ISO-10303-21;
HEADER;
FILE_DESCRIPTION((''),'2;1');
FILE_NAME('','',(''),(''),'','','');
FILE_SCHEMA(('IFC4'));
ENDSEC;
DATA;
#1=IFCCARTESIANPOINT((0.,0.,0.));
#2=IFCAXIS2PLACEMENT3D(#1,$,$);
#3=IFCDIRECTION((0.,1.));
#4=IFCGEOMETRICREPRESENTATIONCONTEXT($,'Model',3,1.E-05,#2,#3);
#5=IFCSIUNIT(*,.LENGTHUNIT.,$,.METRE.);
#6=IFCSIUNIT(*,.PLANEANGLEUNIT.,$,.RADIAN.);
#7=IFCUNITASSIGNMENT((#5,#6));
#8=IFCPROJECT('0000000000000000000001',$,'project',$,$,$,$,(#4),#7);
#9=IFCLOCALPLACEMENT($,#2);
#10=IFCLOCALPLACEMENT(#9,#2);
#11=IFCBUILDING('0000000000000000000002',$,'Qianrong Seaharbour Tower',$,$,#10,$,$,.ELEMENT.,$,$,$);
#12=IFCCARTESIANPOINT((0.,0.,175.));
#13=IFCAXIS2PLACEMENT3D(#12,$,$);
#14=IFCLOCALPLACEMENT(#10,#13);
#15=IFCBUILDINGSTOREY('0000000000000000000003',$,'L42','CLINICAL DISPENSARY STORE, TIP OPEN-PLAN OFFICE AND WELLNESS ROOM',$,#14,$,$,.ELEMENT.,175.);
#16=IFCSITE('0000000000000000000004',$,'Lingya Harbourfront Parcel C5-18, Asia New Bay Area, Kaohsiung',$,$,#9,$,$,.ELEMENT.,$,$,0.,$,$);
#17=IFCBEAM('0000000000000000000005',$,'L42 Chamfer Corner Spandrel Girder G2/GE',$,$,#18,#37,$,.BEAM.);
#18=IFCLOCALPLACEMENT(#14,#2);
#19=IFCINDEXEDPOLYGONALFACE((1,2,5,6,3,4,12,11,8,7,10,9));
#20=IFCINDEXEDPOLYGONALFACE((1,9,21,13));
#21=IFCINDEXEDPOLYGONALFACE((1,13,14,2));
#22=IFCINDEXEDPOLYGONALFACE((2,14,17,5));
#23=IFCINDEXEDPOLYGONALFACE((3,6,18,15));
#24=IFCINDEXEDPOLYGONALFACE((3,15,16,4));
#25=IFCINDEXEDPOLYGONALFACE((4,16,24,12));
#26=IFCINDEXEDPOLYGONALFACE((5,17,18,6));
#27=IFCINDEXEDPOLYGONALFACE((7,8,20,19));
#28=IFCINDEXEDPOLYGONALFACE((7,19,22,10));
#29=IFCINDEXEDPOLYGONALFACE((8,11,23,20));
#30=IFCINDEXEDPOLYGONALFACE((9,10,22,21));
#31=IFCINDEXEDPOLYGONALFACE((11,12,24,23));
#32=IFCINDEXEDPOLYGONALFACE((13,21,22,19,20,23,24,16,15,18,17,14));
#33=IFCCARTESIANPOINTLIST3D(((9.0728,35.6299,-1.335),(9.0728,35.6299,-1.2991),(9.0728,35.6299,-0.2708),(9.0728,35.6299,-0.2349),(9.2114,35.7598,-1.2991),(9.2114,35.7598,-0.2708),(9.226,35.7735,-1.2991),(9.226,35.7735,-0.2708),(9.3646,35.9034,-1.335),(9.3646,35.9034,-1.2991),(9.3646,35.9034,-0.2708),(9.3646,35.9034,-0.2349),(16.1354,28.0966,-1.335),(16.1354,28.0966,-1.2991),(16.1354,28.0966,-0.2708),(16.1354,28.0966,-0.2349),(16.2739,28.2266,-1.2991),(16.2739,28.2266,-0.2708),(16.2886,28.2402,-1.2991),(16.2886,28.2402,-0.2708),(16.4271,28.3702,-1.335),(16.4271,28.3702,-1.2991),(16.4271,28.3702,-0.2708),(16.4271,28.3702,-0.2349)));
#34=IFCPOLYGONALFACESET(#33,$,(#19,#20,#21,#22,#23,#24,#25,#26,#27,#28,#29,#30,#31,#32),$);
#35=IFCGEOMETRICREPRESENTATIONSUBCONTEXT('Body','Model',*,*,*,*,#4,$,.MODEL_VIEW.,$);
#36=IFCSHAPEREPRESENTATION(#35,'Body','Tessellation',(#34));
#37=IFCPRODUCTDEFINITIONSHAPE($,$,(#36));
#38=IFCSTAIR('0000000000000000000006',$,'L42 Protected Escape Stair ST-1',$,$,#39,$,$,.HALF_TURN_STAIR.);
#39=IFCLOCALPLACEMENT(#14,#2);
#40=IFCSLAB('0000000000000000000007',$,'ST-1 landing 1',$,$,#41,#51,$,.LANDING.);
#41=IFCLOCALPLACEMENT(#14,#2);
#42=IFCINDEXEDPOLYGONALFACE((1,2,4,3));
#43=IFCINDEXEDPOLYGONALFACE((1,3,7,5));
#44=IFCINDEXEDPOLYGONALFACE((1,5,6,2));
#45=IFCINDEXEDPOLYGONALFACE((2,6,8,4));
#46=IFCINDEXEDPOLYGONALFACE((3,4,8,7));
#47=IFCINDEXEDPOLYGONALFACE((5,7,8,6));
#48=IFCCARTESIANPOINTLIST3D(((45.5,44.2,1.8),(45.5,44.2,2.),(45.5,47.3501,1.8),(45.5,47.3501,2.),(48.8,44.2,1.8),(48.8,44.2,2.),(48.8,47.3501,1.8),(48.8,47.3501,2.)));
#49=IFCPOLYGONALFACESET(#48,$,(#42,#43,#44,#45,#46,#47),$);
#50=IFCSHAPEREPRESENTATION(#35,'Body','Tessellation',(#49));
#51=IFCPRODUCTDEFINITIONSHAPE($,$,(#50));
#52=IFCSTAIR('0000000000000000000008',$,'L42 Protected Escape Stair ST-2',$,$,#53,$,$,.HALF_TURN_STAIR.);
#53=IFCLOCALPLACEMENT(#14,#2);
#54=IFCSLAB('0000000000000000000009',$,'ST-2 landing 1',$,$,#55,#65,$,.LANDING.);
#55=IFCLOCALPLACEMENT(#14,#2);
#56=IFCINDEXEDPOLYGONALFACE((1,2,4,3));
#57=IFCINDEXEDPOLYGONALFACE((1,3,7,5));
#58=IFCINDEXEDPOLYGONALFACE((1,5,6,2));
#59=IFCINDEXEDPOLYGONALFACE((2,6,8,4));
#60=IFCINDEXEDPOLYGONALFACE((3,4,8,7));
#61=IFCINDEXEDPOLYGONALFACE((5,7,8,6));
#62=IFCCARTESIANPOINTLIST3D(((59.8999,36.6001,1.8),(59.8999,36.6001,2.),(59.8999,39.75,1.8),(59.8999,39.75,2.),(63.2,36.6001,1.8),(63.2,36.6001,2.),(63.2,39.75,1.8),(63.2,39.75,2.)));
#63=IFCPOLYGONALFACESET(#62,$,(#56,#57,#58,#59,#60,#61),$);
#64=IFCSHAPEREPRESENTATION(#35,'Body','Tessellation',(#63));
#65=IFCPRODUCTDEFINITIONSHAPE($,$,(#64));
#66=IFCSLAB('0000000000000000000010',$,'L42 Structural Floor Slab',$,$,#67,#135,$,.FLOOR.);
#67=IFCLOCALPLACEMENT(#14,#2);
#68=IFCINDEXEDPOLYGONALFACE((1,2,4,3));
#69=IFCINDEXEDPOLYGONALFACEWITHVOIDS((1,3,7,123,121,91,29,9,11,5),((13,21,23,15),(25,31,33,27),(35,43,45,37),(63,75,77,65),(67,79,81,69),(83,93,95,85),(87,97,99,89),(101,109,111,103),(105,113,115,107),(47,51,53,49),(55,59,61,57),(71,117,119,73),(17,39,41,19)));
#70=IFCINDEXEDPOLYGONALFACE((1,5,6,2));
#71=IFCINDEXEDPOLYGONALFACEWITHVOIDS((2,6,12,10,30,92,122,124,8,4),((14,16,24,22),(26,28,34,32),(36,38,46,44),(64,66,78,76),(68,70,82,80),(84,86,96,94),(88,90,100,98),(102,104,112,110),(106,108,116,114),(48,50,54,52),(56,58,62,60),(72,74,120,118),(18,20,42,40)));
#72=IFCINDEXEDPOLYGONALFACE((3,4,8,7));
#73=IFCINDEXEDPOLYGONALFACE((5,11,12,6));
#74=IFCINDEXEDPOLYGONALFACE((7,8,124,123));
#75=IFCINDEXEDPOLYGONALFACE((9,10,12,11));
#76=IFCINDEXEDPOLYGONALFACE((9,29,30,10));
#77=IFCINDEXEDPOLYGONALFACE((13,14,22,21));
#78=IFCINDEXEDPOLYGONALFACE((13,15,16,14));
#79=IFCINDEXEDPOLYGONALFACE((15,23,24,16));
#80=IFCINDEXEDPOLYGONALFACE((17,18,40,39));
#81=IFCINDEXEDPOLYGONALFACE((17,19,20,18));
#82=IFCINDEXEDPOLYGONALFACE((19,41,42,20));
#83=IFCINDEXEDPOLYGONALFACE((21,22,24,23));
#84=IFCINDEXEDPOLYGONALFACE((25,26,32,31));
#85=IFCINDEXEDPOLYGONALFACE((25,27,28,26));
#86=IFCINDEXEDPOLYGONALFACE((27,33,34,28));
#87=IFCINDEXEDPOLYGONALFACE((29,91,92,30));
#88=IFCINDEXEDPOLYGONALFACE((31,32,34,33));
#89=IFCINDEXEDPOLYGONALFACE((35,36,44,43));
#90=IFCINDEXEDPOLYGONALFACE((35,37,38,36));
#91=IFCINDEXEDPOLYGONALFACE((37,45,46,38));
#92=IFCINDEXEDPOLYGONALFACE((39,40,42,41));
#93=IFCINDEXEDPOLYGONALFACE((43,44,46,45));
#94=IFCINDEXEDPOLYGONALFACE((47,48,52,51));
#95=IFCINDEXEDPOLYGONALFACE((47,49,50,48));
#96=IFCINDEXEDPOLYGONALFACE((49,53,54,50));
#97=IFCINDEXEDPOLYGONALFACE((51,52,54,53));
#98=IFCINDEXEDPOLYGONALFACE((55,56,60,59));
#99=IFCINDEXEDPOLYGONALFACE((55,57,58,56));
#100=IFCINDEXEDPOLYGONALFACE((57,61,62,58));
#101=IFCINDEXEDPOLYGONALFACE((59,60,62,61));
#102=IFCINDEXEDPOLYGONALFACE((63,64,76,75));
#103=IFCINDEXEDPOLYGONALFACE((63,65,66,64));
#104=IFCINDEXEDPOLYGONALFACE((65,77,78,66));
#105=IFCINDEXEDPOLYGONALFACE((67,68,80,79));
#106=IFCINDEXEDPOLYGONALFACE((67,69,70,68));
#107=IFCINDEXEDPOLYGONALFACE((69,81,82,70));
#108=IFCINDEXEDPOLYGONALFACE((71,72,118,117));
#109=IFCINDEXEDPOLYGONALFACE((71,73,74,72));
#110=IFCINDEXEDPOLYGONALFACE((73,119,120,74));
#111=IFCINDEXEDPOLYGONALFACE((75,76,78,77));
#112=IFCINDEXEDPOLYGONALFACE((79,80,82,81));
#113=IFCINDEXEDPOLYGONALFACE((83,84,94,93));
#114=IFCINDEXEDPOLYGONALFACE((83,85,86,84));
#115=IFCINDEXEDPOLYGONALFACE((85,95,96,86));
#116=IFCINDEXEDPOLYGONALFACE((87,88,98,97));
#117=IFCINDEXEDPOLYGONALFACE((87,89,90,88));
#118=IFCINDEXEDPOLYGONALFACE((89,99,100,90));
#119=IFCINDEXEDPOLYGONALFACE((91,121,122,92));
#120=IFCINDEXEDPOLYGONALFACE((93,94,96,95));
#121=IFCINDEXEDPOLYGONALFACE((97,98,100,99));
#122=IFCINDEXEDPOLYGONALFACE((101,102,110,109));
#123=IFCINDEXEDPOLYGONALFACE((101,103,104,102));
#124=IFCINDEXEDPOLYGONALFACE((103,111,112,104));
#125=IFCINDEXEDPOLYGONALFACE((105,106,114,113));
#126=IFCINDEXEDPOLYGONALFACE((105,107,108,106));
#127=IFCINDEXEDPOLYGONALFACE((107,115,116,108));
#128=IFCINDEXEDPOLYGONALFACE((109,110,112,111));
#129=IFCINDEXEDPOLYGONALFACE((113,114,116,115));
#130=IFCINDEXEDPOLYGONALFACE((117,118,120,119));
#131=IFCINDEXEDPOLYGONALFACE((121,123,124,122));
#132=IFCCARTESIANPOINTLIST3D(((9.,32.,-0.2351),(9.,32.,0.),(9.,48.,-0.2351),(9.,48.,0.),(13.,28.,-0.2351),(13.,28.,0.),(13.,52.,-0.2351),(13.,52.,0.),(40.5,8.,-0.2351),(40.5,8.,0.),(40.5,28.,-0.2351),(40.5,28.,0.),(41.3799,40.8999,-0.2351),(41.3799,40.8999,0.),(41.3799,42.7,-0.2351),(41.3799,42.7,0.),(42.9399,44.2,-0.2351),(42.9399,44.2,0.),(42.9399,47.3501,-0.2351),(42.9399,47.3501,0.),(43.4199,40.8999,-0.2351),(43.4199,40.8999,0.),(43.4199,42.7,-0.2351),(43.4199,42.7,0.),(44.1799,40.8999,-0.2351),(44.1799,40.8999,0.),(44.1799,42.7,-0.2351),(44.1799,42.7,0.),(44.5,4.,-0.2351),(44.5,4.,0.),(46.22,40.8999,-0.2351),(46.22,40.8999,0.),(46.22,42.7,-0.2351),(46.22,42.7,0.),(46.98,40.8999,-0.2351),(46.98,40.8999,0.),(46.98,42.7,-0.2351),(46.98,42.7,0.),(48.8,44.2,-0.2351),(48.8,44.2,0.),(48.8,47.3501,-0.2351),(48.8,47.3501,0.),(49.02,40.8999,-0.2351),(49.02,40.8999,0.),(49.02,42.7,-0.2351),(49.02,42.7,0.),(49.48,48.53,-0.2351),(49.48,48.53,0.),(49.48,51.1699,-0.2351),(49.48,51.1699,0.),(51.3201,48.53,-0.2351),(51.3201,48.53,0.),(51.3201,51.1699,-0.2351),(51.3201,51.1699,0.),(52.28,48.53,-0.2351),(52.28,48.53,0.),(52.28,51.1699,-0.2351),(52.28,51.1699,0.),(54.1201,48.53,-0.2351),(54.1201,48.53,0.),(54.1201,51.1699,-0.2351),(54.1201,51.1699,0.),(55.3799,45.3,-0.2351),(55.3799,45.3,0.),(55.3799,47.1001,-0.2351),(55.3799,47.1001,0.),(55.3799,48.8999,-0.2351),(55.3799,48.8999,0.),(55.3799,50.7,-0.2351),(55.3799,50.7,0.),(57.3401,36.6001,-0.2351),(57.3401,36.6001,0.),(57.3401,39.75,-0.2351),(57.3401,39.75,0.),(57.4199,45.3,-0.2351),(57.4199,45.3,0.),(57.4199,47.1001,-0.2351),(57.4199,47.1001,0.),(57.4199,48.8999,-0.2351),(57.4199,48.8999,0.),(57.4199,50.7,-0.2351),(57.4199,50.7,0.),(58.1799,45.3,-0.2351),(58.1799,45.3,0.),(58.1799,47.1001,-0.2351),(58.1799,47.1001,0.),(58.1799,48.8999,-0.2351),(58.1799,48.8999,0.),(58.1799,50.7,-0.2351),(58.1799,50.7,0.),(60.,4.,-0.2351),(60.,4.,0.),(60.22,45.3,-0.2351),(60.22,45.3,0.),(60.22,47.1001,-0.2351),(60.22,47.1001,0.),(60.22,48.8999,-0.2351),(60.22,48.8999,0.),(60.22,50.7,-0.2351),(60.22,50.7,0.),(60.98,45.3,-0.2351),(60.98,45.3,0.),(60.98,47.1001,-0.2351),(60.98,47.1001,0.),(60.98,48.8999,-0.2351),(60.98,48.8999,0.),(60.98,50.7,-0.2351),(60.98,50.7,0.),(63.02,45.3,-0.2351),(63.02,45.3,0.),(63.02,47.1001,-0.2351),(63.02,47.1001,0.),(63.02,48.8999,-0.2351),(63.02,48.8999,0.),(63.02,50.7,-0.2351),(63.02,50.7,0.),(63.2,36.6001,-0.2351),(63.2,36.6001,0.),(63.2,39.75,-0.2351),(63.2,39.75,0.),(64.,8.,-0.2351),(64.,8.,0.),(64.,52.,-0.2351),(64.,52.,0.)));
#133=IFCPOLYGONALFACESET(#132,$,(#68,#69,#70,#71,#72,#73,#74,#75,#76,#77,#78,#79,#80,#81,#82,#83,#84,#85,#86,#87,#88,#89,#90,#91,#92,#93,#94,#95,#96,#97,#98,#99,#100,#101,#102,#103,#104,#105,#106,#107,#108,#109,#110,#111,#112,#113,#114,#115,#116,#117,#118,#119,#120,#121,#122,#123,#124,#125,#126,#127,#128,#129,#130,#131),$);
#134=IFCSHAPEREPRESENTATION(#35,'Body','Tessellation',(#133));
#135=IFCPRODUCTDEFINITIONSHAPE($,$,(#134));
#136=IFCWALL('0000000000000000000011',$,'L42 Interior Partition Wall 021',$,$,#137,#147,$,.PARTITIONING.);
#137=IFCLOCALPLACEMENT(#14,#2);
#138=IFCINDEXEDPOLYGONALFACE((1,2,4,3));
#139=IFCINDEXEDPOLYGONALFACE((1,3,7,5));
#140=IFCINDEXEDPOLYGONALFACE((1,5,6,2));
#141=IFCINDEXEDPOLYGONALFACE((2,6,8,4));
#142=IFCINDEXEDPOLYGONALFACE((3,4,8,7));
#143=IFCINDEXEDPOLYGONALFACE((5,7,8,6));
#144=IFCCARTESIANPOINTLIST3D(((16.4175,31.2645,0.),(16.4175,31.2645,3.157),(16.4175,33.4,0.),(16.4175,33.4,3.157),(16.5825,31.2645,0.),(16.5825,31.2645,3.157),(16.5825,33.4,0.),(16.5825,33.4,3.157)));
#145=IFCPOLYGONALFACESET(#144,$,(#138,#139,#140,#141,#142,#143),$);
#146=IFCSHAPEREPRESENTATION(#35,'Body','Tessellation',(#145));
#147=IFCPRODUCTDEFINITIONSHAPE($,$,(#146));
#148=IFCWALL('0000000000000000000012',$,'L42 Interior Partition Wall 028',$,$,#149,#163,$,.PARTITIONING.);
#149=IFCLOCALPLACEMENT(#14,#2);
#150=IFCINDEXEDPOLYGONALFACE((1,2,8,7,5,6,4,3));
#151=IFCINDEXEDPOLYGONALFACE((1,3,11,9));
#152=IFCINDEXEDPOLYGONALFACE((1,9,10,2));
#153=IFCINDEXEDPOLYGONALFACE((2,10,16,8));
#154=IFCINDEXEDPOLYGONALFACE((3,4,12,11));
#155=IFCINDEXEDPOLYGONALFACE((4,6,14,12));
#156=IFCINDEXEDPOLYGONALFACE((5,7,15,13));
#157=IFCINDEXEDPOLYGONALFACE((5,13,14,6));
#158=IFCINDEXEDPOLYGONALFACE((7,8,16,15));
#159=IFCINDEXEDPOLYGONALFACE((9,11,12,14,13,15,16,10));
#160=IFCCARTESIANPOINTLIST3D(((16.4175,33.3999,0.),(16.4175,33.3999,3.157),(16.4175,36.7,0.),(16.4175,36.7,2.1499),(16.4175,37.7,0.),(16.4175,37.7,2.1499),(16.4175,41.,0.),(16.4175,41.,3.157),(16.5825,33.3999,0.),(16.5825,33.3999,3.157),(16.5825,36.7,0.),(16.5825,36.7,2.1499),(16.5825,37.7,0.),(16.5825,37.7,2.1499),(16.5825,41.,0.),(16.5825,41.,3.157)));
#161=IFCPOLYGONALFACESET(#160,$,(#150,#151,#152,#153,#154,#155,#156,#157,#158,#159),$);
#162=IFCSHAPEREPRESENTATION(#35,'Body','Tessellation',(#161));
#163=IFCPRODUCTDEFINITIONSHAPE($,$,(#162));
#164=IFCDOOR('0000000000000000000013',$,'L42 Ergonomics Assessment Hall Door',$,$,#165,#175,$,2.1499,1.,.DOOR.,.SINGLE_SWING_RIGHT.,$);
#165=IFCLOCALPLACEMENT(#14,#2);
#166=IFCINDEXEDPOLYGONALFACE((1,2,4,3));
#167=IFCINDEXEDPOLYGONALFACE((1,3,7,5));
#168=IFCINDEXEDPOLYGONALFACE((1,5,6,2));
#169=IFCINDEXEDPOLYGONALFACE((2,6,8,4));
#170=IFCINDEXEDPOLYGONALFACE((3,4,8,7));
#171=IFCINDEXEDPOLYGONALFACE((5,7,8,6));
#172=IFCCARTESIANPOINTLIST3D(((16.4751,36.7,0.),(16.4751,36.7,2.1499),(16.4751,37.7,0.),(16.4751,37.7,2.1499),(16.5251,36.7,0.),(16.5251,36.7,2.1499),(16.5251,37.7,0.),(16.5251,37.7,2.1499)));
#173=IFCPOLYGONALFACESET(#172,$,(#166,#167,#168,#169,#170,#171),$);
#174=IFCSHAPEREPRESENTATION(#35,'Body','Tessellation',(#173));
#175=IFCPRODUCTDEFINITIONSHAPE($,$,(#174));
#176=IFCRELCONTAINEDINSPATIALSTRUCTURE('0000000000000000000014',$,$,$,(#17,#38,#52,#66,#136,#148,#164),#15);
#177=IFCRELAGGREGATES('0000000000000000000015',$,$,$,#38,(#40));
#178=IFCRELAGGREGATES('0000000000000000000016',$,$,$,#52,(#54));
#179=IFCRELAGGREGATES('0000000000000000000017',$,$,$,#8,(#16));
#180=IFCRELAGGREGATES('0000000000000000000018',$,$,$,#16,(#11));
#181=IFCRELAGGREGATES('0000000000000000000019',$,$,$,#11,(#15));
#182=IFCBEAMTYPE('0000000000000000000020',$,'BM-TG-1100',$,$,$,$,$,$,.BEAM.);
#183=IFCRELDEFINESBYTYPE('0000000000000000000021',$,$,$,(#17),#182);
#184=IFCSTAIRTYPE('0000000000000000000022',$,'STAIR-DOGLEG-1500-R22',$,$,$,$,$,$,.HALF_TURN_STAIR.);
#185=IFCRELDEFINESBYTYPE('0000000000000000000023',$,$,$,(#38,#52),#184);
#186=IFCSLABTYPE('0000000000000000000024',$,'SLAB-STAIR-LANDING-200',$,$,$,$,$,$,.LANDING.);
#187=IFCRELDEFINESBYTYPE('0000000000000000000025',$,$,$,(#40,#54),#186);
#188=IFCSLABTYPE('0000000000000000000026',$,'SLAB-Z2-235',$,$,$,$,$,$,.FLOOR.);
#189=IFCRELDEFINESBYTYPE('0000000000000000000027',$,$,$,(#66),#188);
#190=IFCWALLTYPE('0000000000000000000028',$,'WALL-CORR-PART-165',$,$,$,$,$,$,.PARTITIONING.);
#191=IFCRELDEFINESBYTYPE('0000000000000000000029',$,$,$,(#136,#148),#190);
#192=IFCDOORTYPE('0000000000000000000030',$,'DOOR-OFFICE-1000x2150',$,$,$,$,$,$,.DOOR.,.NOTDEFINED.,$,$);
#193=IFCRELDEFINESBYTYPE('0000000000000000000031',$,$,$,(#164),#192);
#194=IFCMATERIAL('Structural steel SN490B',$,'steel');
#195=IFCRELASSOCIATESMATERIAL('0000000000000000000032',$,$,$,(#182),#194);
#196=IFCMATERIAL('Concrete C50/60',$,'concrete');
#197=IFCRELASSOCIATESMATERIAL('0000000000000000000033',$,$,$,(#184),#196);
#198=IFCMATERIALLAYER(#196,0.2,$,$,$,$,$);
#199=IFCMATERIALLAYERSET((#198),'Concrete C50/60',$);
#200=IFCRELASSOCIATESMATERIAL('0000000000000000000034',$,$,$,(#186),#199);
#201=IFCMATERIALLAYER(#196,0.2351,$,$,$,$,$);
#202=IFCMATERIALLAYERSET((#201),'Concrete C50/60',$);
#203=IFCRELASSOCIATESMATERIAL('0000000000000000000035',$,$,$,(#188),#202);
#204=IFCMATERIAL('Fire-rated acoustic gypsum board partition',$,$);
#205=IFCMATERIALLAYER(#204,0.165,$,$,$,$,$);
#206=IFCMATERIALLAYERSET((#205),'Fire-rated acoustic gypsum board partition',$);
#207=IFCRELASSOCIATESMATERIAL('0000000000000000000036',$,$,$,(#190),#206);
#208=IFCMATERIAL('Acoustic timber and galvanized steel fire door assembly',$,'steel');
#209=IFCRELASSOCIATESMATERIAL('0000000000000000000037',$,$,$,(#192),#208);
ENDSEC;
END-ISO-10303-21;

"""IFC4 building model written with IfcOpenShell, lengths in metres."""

from ifc_helpers import new_model, si_unit, direction, frame, frame_2d, origin, origin_2d, place, context, subcontext, project, spatial, polyline, rectangle, i_section, outline, extrude, material, layer, layer_set, material_profile, profile_set, type_object, element, fill, aggregate, save


model = new_model("IFC4")

# Units and contexts
model_context = context("Model", 3, precision=1e-05, world=origin(), true_north=direction((0.0, 1.0)))
body_context = subcontext(model_context, "Body", "Model", "MODEL_VIEW")
ifc_project = project(units=[si_unit("LENGTHUNIT", "METRE"), si_unit("PLANEANGLEUNIT", "RADIAN")], contexts=[model_context])

# Site, building, storey
site_placement = place(None, origin())
site = spatial("IfcSite", under=ifc_project, at=site_placement, Name="Lingya Harbourfront Parcel C5-18, Asia New Bay Area, Kaohsiung", CompositionType="ELEMENT", RefElevation=0.0)
building_placement = place(site_placement, origin())
building = spatial("IfcBuilding", under=site, at=building_placement, Name="Qianrong Seaharbour Tower", CompositionType="ELEMENT")
storey_placement = place(building_placement, frame((0.0, 0.0, 175.0)))
storey = spatial("IfcBuildingStorey", under=building, at=storey_placement, Name="L42", Description="CLINICAL DISPENSARY STORE, TIP OPEN-PLAN OFFICE AND WELLNESS ROOM", CompositionType="ELEMENT", Elevation=175.0)

# Shared definitions
ifc_material_1 = material(Name="Structural steel SN490B", Category="steel")

# Beam
ifc_material_profile_1 = material_profile(ifc_material_1, i_section(OverallWidth=0.3999, OverallDepth=1.1001, WebThickness=0.02, FlangeThickness=0.0359, at=origin_2d()), Name="BH1100x400x20x36")
ifc_profile_set_1 = profile_set([ifc_material_profile_1], Name="Structural steel SN490B")
beam_type_1 = type_object("IfcBeamType", Name="BM-TG-1100", PredefinedType="BEAM", material=ifc_profile_set_1)
beam_1_placement = place(storey_placement, frame((16.2812, 28.2334, -0.7849), z_axis=(-0.683947, 0.729531, 0.0), x_axis=(-0.729531, -0.683947, 0.0)))
element("IfcBeam", 1, at=beam_1_placement, inside=storey, type_object=beam_type_1, Name="L42 Chamfer Corner Spandrel Girder G2/GE", PredefinedType="BEAM", context=body_context, shape_type="SweptSolid", body=[
    extrude(i_section(OverallWidth=0.3999, OverallDepth=1.1001, WebThickness=0.02, FlangeThickness=0.0359, at=origin_2d()), origin(), (0.0, 0.0, 1.0), 10.3262),
])

# Stairs, slabs
ifc_material_2 = material(Name="Concrete C50/60", Category="concrete")
stair_type = type_object("IfcStairType", Name="STAIR-DOGLEG-1500-R22", PredefinedType="HALF_TURN_STAIR", material=ifc_material_2)
stair_1_placement = place(storey_placement, origin())
stair_1 = element("IfcStair", 2, at=stair_1_placement, inside=storey, type_object=stair_type, Name="L42 Protected Escape Stair ST-1", PredefinedType="HALF_TURN_STAIR")
ifc_layer_1 = layer(ifc_material_2, 0.2)
ifc_layer_set_1 = layer_set([ifc_layer_1], Name="Concrete C50/60")
slab_type_1 = type_object("IfcSlabType", Name="SLAB-STAIR-LANDING-200", PredefinedType="LANDING", material=ifc_layer_set_1)
slab_1_placement = place(storey_placement, frame((0.0, 0.0, 1.8)))
slab_1 = element("IfcSlab", 3, at=slab_1_placement, type_object=slab_type_1, Name="ST-1 landing 1", PredefinedType="LANDING", context=body_context, shape_type="SweptSolid", body=[
    extrude(outline(polyline([(45.5, 44.2), (48.8, 44.2), (48.8, 47.3501), (45.5, 47.3501), (45.5, 44.2)])), origin(), (0.0, 0.0, 1.0), 0.2),
])
aggregate(stair_1, [slab_1])
stair_2_placement = place(storey_placement, origin())
stair_2 = element("IfcStair", 4, at=stair_2_placement, inside=storey, type_object=stair_type, Name="L42 Protected Escape Stair ST-2", PredefinedType="HALF_TURN_STAIR")
slab_2_placement = place(storey_placement, frame((0.0, 0.0, 1.8)))
slab_2 = element("IfcSlab", 5, at=slab_2_placement, type_object=slab_type_1, Name="ST-2 landing 1", PredefinedType="LANDING", context=body_context, shape_type="SweptSolid", body=[
    extrude(outline(polyline([(59.8999, 36.6001), (63.2, 36.6001), (63.2, 39.75), (59.8999, 39.75), (59.8999, 36.6001)])), origin(), (0.0, 0.0, 1.0), 0.2),
])
aggregate(stair_2, [slab_2])

# Slab
ifc_layer_2 = layer(ifc_material_2, 0.2351)
ifc_layer_set_2 = layer_set([ifc_layer_2], Name="Concrete C50/60")
slab_type_2 = type_object("IfcSlabType", Name="SLAB-Z2-235", PredefinedType="FLOOR", material=ifc_layer_set_2)
slab_3_placement = place(storey_placement, frame((0.0, 0.0, -0.2351)))
element("IfcSlab", 6, at=slab_3_placement, inside=storey, type_object=slab_type_2, Name="L42 Structural Floor Slab", PredefinedType="FLOOR", context=body_context, shape_type="SweptSolid", body=[
    extrude(outline(polyline([(44.5, 4.0), (60.0, 4.0), (64.0, 8.0), (64.0, 52.0), (13.0, 52.0), (9.0, 48.0), (9.0, 32.0), (13.0, 28.0), (40.5, 28.0), (40.5, 8.0), (44.5, 4.0)]), holes=[polyline([(42.9399, 44.2), (42.9399, 47.3501), (48.8, 47.3501), (48.8, 44.2), (42.9399, 44.2)]), polyline([(57.3401, 36.6001), (57.3401, 39.75), (63.2, 39.75), (63.2, 36.6001), (57.3401, 36.6001)]), polyline([(49.48, 48.53), (49.48, 51.1699), (51.3201, 51.1699), (51.3201, 48.53), (49.48, 48.53)]), polyline([(52.28, 48.53), (52.28, 51.1699), (54.1201, 51.1699), (54.1201, 48.53), (52.28, 48.53)]), polyline([(41.3799, 40.8999), (41.3799, 42.7), (43.4199, 42.7), (43.4199, 40.8999), (41.3799, 40.8999)]), polyline([(44.1799, 40.8999), (44.1799, 42.7), (46.22, 42.7), (46.22, 40.8999), (44.1799, 40.8999)]), polyline([(46.98, 40.8999), (46.98, 42.7), (49.02, 42.7), (49.02, 40.8999), (46.98, 40.8999)]), polyline([(55.3799, 45.3), (55.3799, 47.1001), (57.4199, 47.1001), (57.4199, 45.3), (55.3799, 45.3)]), polyline([(58.1799, 45.3), (58.1799, 47.1001), (60.22, 47.1001), (60.22, 45.3), (58.1799, 45.3)]), polyline([(60.98, 45.3), (60.98, 47.1001), (63.02, 47.1001), (63.02, 45.3), (60.98, 45.3)]), polyline([(55.3799, 48.8999), (55.3799, 50.7), (57.4199, 50.7), (57.4199, 48.8999), (55.3799, 48.8999)]), polyline([(58.1799, 48.8999), (58.1799, 50.7), (60.22, 50.7), (60.22, 48.8999), (58.1799, 48.8999)]), polyline([(60.98, 48.8999), (60.98, 50.7), (63.02, 50.7), (63.02, 48.8999), (60.98, 48.8999)])]), origin(), (0.0, 0.0, 1.0), 0.2351),
])

# Wall
ifc_material_3 = material(Name="Fire-rated acoustic gypsum board partition")
ifc_layer_3 = layer(ifc_material_3, 0.165)
ifc_layer_set_3 = layer_set([ifc_layer_3], Name="Fire-rated acoustic gypsum board partition")
wall_type_1 = type_object("IfcWallType", Name="WALL-CORR-PART-165", PredefinedType="PARTITIONING", material=ifc_layer_set_3)
wall_1_placement = place(storey_placement, frame((16.5, 31.2644, 0.0), z_axis=(0.0, 0.0, 1.0), x_axis=(0.0, 1.0, 0.0)))
element("IfcWall", 7, at=wall_1_placement, inside=storey, type_object=wall_type_1, Name="L42 Interior Partition Wall 021", PredefinedType="PARTITIONING", context=body_context, shape_type="SweptSolid", body=[
    extrude(rectangle(XDim=2.1355, YDim=0.165, at=frame_2d((1.0679, 0.0))), origin(), (0.0, 0.0, 1.0), 3.157),
])

# Wall, opening, door
wall_2_placement = place(storey_placement, frame((16.5, 33.3999, 0.0), z_axis=(0.0, 0.0, 1.0), x_axis=(0.0, 1.0, 0.0)))
wall_2 = element("IfcWall", 8, at=wall_2_placement, inside=storey, type_object=wall_type_1, Name="L42 Interior Partition Wall 028", PredefinedType="PARTITIONING", context=body_context, shape_type="SweptSolid", body=[
    extrude(rectangle(XDim=7.6001, YDim=0.165, at=frame_2d((3.8, 0.0))), origin(), (0.0, 0.0, 1.0), 3.157),
])
opening_1_placement = place(wall_2_placement, frame((3.3, 0.0, 0.0)))
opening_1 = element("IfcOpeningElement", 9, at=opening_1_placement, cuts=wall_2, PredefinedType="OPENING", context=body_context, shape_type="SweptSolid", body=[
    extrude(rectangle(XDim=1.0, YDim=2.1499, at=frame_2d((0.5, 1.075))), frame((0.0, 0.0925, 0.0), z_axis=(0.0, -1.0, 0.0), x_axis=(1.0, 0.0, 0.0)), (0.0, 0.0, 1.0), 0.1851),
])
ifc_material_4 = material(Name="Acoustic timber and galvanized steel fire door assembly", Category="steel")
door_type = type_object("IfcDoorType", Name="DOOR-OFFICE-1000x2150", OperationType="NOTDEFINED", PredefinedType="DOOR", material=ifc_material_4)
door_1_placement = place(opening_1_placement, origin())
door_1 = element("IfcDoor", 10, at=door_1_placement, inside=storey, type_object=door_type, Name="L42 Ergonomics Assessment Hall Door", OperationType="SINGLE_SWING_RIGHT", OverallHeight=2.1499, OverallWidth=1.0, PredefinedType="DOOR", context=body_context, shape_type="SweptSolid", body=[
    extrude(rectangle(XDim=1.0, YDim=2.1499, at=frame_2d((0.5, 1.075))), frame((0.0, 0.0249, 0.0), z_axis=(0.0, -1.0, 0.0), x_axis=(1.0, 0.0, 0.0)), (0.0, 0.0, 1.0), 0.05),
])
fill(opening_1, door_1)

save(model, "model.ifc")
